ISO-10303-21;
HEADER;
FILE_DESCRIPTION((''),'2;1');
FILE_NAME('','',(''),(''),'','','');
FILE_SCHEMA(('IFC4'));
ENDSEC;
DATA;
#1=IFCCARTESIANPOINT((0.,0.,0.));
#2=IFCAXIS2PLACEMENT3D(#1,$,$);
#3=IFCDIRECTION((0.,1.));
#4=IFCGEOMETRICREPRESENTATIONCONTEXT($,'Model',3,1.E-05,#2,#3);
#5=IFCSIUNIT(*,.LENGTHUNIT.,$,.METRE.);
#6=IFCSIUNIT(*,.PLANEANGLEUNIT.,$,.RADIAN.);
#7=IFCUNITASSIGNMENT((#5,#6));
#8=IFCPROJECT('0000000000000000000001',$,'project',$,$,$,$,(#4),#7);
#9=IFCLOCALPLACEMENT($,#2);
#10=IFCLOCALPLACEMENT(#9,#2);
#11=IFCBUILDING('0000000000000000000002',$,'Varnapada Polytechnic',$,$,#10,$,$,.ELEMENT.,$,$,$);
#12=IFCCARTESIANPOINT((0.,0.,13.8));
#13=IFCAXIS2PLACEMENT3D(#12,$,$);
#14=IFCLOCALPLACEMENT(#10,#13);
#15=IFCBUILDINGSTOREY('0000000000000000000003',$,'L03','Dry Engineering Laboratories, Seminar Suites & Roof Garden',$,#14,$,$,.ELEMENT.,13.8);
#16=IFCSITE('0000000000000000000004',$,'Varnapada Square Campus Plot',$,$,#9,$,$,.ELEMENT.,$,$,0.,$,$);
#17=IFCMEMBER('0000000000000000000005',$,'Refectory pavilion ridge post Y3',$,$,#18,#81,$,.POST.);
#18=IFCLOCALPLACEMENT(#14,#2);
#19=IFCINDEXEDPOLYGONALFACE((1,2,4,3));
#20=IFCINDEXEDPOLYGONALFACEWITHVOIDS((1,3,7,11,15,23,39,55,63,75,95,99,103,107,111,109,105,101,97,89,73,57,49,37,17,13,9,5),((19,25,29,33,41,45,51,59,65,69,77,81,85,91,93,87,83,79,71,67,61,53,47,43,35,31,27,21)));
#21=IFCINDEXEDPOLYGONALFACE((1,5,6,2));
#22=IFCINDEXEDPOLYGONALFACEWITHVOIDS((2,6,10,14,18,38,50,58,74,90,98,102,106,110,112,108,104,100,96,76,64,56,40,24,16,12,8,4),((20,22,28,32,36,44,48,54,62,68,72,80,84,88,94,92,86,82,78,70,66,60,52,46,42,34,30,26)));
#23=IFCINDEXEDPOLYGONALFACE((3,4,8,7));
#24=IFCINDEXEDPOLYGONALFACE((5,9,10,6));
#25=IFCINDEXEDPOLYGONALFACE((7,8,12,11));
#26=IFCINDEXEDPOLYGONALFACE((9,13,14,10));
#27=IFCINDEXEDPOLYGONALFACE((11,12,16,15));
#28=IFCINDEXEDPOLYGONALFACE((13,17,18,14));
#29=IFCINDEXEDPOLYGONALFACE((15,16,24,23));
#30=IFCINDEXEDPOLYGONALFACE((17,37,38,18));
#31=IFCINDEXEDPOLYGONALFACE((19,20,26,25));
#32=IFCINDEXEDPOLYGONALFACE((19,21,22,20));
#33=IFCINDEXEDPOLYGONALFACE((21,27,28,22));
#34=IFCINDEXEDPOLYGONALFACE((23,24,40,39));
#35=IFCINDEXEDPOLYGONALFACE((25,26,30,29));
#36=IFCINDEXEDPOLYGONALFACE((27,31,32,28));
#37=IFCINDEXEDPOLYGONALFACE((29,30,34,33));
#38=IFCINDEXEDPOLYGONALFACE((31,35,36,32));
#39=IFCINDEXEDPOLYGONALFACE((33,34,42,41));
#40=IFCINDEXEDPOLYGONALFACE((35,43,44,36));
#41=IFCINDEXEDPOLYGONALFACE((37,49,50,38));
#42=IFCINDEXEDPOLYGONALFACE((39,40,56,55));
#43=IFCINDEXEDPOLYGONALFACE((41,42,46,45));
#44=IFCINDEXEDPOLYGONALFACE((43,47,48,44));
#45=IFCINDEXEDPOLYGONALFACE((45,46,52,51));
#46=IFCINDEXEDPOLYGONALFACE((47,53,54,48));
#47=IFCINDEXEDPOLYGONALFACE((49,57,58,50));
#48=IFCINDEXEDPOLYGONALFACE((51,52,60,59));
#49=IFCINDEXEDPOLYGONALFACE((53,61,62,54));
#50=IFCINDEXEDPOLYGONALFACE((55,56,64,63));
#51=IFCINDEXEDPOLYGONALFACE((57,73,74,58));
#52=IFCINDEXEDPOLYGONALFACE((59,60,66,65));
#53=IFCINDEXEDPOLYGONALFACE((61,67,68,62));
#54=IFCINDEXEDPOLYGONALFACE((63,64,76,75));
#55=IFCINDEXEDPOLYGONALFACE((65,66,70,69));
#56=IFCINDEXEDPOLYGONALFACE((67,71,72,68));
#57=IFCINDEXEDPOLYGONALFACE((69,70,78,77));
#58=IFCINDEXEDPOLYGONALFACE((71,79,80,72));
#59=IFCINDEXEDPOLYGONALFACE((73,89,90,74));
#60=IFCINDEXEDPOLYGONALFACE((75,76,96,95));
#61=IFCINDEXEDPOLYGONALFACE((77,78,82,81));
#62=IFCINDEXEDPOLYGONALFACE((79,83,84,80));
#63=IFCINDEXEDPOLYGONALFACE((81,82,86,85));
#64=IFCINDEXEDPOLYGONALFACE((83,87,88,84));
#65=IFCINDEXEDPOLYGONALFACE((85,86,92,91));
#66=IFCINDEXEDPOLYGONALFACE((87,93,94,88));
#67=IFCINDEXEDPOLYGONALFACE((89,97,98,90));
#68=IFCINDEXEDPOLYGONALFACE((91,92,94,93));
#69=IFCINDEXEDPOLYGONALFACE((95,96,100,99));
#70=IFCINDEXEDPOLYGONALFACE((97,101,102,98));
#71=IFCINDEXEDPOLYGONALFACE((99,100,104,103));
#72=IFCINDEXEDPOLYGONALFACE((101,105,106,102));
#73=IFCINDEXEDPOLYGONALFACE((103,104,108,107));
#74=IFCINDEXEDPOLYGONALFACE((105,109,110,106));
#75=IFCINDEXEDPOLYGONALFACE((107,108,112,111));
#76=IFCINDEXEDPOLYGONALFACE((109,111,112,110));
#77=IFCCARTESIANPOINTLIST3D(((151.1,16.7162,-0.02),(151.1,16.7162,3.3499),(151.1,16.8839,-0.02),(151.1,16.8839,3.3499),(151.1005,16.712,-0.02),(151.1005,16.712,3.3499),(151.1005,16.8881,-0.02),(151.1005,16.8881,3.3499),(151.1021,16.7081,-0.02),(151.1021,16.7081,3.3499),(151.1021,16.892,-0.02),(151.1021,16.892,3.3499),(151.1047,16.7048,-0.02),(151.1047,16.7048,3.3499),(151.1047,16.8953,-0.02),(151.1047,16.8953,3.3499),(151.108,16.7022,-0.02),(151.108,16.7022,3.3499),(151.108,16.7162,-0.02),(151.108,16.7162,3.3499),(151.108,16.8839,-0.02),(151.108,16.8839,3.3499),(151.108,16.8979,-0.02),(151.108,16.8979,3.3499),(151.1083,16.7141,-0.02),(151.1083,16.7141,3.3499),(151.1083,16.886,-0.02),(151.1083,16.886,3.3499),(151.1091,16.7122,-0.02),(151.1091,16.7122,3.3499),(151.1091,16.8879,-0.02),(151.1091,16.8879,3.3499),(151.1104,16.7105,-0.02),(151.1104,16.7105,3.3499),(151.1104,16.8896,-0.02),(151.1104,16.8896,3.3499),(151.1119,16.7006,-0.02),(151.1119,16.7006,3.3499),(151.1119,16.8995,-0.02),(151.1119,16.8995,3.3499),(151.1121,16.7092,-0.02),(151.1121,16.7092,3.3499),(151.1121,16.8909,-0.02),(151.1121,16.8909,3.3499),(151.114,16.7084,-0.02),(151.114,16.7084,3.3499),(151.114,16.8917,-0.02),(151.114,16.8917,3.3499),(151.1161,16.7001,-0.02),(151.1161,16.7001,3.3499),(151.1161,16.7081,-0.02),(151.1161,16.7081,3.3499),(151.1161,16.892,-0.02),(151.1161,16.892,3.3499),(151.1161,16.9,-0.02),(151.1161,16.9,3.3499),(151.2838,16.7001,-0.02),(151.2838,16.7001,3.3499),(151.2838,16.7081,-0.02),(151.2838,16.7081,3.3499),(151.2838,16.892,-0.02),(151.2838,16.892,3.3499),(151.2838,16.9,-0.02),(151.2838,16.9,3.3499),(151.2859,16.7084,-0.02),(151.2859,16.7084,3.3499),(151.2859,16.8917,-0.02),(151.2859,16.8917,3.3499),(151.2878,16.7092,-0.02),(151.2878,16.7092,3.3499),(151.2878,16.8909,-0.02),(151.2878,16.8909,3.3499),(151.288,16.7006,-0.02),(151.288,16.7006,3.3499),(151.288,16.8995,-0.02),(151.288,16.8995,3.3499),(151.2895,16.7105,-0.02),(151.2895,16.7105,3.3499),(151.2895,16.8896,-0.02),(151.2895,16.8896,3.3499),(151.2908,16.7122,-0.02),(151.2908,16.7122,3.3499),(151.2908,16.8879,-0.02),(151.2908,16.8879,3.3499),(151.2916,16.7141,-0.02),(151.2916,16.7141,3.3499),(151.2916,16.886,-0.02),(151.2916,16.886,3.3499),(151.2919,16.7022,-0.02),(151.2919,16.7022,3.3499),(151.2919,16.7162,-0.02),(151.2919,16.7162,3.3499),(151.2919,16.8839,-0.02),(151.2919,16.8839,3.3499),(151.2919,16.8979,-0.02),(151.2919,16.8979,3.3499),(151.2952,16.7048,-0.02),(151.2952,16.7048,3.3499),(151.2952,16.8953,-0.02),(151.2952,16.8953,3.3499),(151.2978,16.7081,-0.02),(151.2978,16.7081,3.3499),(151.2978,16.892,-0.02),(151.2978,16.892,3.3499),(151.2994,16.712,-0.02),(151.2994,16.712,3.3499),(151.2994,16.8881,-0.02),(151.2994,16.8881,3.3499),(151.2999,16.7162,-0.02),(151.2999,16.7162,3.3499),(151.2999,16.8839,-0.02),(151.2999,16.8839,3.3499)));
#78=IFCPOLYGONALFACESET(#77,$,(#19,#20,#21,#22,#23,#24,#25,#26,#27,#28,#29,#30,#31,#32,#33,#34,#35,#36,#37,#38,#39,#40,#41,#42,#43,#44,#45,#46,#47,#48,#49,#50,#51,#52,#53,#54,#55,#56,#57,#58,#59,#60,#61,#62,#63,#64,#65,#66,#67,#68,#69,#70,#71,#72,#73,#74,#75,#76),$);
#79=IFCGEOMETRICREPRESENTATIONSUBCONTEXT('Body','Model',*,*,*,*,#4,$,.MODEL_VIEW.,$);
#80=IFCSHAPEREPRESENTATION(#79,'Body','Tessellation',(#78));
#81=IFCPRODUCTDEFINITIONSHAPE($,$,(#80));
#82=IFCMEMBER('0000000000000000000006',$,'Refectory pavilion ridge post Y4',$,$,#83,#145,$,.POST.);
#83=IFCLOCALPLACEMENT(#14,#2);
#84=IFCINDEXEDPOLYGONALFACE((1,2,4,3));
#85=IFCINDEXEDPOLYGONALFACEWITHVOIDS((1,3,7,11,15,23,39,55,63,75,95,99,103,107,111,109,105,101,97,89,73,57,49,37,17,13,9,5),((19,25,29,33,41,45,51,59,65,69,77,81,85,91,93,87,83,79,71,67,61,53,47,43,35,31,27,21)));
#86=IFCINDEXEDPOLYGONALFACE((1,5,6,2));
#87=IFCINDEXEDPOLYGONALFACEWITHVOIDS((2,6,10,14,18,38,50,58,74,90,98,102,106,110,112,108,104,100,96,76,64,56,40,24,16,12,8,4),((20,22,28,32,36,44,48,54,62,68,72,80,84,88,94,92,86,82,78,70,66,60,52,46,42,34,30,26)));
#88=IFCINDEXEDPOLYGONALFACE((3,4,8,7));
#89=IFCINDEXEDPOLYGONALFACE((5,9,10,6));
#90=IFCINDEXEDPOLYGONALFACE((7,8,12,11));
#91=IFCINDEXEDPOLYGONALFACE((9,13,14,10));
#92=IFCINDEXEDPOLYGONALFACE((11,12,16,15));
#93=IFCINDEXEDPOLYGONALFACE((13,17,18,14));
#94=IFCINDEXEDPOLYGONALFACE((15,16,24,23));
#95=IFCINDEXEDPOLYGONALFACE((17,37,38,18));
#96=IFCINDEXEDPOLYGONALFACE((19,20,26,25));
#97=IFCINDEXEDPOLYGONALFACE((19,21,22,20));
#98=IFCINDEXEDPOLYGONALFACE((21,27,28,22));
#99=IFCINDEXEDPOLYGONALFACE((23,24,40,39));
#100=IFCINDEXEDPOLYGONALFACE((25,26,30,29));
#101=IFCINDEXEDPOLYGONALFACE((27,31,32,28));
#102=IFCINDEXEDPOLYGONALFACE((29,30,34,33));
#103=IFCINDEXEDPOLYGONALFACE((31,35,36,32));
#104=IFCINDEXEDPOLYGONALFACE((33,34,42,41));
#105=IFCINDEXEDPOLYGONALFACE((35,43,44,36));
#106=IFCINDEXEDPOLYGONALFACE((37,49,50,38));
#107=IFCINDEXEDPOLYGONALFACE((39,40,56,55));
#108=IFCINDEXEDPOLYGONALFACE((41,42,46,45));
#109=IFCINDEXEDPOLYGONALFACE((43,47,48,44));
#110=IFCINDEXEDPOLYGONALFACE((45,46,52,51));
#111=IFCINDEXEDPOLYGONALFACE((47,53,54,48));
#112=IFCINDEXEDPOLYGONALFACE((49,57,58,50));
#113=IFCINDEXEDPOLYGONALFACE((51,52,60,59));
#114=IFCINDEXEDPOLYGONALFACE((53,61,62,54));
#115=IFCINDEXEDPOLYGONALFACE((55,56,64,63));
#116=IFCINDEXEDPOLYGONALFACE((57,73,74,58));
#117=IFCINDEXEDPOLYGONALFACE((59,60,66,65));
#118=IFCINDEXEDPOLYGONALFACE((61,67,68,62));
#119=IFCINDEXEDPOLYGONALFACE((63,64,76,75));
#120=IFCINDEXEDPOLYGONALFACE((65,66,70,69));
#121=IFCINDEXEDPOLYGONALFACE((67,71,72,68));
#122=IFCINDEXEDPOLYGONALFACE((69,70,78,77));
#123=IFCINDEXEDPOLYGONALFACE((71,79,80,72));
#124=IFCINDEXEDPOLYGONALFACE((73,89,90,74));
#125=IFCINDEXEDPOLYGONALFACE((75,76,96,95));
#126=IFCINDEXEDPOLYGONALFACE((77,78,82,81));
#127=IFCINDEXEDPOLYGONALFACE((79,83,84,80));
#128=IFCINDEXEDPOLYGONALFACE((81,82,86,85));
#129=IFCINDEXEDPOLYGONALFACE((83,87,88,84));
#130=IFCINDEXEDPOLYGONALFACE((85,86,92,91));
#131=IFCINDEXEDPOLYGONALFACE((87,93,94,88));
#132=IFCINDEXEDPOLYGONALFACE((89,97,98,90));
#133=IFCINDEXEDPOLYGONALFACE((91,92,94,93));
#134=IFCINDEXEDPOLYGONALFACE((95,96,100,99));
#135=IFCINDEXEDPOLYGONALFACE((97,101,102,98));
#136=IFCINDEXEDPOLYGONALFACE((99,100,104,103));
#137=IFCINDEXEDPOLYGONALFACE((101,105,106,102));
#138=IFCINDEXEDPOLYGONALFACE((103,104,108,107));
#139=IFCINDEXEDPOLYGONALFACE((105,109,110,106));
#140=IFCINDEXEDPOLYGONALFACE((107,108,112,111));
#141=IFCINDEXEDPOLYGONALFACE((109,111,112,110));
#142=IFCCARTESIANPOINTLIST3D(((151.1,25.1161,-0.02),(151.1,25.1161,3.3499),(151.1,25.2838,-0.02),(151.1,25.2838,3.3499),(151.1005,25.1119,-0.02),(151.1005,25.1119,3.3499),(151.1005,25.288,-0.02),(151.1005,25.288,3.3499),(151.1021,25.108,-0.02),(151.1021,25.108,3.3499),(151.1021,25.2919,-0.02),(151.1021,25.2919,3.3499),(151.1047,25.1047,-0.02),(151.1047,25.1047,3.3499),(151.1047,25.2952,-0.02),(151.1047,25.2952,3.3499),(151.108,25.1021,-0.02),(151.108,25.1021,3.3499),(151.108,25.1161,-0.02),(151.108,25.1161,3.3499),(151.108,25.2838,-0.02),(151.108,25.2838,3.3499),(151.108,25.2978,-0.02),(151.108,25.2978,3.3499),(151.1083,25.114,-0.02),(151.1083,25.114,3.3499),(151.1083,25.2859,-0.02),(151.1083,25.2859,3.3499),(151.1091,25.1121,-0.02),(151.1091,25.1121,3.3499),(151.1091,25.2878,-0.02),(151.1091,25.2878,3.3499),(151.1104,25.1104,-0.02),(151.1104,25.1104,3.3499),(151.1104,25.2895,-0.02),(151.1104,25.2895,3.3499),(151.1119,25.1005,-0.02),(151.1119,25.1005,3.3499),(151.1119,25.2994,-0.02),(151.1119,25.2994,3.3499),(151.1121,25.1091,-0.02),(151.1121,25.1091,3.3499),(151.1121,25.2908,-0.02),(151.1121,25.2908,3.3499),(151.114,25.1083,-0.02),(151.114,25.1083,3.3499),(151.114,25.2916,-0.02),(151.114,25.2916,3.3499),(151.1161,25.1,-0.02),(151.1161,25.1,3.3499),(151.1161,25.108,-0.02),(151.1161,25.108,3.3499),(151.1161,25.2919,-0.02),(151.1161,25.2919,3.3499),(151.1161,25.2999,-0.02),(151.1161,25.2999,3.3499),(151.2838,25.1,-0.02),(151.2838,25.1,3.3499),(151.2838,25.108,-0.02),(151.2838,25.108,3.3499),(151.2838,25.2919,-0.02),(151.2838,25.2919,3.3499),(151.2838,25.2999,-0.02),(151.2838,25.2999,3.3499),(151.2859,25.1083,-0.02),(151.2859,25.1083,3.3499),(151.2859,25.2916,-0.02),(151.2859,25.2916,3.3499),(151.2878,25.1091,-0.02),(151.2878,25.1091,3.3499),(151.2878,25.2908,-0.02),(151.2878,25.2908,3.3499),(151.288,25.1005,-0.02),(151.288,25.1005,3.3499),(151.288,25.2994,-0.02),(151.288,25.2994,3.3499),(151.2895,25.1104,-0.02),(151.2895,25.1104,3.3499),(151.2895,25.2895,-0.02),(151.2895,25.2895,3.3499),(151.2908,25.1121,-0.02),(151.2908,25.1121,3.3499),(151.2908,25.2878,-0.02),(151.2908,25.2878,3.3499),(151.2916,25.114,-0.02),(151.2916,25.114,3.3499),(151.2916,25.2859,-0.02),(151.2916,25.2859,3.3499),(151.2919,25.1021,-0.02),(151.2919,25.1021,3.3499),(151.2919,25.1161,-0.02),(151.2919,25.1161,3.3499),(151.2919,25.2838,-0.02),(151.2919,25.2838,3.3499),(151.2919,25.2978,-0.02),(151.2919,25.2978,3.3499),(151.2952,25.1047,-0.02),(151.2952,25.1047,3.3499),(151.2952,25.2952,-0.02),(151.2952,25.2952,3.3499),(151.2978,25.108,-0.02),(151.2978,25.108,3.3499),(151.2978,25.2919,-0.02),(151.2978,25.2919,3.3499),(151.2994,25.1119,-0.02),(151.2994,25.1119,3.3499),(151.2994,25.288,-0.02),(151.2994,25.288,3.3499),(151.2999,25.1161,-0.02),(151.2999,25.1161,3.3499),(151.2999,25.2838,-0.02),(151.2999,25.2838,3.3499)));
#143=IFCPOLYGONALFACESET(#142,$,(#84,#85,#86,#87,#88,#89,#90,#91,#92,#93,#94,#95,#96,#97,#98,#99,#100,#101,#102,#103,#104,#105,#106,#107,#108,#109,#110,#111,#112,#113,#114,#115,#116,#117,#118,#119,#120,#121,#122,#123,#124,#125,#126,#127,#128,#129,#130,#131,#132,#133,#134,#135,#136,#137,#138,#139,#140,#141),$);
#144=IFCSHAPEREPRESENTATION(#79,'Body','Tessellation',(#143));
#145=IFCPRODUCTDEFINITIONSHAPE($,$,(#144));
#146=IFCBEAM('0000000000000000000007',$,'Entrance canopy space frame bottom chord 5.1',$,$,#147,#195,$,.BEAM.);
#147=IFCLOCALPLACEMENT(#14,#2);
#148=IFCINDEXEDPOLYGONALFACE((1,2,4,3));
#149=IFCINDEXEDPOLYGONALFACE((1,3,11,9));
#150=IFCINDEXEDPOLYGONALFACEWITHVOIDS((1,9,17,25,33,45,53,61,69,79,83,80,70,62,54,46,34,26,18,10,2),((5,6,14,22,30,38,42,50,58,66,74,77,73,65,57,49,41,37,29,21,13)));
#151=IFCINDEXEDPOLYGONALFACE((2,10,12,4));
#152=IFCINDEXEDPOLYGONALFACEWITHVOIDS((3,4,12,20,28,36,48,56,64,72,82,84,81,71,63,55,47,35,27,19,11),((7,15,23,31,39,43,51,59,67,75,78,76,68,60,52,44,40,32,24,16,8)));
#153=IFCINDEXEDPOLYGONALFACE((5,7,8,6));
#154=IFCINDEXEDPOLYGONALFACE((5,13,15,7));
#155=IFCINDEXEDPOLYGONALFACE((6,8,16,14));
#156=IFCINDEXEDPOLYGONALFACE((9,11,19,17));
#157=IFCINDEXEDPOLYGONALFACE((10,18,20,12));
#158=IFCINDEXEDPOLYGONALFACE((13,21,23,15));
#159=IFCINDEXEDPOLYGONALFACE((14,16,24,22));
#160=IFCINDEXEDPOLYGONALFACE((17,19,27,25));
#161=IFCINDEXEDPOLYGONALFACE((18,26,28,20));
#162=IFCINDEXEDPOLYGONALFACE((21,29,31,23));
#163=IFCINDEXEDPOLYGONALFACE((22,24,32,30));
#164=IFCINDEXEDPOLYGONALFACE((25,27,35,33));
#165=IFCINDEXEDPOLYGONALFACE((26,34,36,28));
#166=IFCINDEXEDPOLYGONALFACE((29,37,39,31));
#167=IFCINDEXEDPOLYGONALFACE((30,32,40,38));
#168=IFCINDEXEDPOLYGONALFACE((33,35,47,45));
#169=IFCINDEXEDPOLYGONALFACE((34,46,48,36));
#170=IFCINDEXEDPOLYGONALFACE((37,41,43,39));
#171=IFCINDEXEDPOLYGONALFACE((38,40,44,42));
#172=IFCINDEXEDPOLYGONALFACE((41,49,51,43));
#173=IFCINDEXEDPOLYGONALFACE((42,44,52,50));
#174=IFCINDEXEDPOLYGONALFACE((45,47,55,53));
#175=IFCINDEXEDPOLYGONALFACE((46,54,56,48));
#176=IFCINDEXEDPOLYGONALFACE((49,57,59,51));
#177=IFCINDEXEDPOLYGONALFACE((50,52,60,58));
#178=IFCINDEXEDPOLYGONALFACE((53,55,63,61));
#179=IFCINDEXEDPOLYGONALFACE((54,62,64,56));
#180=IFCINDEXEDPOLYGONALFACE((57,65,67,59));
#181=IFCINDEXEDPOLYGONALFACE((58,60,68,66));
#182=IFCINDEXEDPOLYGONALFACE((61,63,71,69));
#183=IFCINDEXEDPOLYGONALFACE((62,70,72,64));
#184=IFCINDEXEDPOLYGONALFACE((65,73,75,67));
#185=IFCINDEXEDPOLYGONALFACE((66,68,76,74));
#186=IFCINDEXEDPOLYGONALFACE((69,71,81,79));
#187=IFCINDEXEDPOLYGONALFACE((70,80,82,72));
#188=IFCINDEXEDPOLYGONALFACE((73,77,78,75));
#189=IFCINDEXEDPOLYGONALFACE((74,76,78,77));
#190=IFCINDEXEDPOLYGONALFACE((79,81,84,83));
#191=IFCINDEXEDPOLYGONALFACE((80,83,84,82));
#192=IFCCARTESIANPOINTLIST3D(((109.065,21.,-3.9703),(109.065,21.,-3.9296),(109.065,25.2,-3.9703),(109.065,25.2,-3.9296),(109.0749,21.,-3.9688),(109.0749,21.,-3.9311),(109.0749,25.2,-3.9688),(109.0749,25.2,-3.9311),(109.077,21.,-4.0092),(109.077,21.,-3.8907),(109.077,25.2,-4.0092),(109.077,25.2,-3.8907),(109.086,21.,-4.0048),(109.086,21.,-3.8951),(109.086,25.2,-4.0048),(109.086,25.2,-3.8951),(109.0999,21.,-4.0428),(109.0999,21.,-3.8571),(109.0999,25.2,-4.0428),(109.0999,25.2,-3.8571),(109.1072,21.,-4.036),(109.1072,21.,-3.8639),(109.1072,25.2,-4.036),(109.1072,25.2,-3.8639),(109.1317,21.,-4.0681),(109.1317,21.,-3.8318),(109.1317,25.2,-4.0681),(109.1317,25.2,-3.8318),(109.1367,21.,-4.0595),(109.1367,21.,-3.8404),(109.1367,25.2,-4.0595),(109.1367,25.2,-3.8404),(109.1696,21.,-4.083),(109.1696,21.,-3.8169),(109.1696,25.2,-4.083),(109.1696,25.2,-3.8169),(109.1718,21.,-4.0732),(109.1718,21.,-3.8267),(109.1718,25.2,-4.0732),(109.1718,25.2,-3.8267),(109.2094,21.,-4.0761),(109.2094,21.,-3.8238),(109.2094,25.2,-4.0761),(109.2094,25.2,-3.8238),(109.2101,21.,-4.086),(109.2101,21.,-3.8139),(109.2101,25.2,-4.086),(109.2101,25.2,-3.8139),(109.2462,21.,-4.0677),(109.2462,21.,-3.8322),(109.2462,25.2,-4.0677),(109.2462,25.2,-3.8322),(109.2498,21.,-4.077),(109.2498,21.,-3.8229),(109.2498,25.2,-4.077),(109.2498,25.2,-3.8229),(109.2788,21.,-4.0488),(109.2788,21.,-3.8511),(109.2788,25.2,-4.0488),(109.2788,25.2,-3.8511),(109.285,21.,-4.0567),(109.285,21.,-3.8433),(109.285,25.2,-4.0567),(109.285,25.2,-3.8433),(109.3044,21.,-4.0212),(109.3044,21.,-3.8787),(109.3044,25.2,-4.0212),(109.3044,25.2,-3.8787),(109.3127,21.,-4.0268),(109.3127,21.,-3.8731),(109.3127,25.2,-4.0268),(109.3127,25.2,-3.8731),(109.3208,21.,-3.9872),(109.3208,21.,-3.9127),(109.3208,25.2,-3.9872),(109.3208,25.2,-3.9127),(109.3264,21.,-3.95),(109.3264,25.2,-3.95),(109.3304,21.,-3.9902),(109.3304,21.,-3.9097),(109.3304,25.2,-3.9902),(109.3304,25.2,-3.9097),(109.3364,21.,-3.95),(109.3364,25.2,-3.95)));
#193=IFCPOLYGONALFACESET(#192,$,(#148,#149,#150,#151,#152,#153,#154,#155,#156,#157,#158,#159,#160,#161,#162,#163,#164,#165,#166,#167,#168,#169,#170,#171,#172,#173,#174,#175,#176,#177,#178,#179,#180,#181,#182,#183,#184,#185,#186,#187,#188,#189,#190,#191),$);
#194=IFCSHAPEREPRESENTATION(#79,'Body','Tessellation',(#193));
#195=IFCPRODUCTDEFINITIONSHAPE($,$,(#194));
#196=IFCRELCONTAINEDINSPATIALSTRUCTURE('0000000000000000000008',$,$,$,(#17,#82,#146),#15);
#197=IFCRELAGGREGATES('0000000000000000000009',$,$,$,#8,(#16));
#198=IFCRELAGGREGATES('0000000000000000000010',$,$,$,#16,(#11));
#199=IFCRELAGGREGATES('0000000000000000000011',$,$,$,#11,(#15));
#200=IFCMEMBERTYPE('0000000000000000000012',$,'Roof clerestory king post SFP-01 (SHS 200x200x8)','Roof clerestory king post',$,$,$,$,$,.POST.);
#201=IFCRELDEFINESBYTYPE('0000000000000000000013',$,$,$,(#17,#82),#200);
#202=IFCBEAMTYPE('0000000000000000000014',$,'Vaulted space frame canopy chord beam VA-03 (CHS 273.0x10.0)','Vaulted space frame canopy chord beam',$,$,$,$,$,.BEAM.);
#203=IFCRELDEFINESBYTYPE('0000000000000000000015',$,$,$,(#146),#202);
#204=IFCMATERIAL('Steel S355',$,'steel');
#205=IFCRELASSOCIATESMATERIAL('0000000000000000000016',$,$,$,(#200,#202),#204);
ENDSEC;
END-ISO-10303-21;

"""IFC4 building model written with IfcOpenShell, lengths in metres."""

from ifc_helpers import new_model, si_unit, direction, frame, origin, origin_2d, place, context, subcontext, project, spatial, hollow_rectangle, hollow_circle, extrude, material, material_profile, profile_set, type_object, element, save


model = new_model("IFC4")

# Units and contexts
model_context = context("Model", 3, precision=1e-05, world=origin(), true_north=direction((0.0, 1.0)))
body_context = subcontext(model_context, "Body", "Model", "MODEL_VIEW")
ifc_project = project(units=[si_unit("LENGTHUNIT", "METRE"), si_unit("PLANEANGLEUNIT", "RADIAN")], contexts=[model_context])

# Site, building, storey
site_placement = place(None, origin())
site = spatial("IfcSite", under=ifc_project, at=site_placement, Name="Varnapada Square Campus Plot", CompositionType="ELEMENT", RefElevation=0.0)
building_placement = place(site_placement, origin())
building = spatial("IfcBuilding", under=site, at=building_placement, Name="Varnapada Polytechnic", CompositionType="ELEMENT")
storey_placement = place(building_placement, frame((0.0, 0.0, 13.8)))
storey = spatial("IfcBuildingStorey", under=building, at=storey_placement, Name="L03", Description="Dry Engineering Laboratories, Seminar Suites & Roof Garden", CompositionType="ELEMENT", Elevation=13.8)

# Shared definitions
ifc_material_1 = material(Name="Steel S355", Category="steel")

# Members
ifc_material_profile_1 = material_profile(ifc_material_1, hollow_rectangle(XDim=0.2, YDim=0.2, WallThickness=0.0081, InnerFilletRadius=0.0081, OuterFilletRadius=0.0161, at=origin_2d()), Name="SHS 200x200x8")
ifc_profile_set_1 = profile_set([ifc_material_profile_1], Name="Steel S355")
member_type_1 = type_object("IfcMemberType", Name="Roof clerestory king post SFP-01 (SHS 200x200x8)", Description="Roof clerestory king post", PredefinedType="POST", material=ifc_profile_set_1)
for number, where, z_axis, x_axis, name in (
    (1, (151.2, 16.8, -0.02), (0.0, 0.0, 1.0), (1.0, 0.0, 0.0), "Refectory pavilion ridge post Y3"),
    (2, (151.2, 25.2, -0.02), (0.0, 0.0, 1.0), (1.0, 0.0, 0.0), "Refectory pavilion ridge post Y4"),
):
    element("IfcMember", number, at=place(storey_placement, frame(where, z_axis=z_axis, x_axis=x_axis)), inside=storey, type_object=member_type_1, Name=name, PredefinedType="POST", context=body_context, shape_type="SweptSolid", body=[
        extrude(hollow_rectangle(XDim=0.2, YDim=0.2, WallThickness=0.0081, InnerFilletRadius=0.0081, OuterFilletRadius=0.0161, at=origin_2d()), origin(), (0.0, 0.0, 1.0), 3.3699),
    ])

# Beam
ifc_material_profile_2 = material_profile(ifc_material_1, hollow_circle(Radius=0.1365, WallThickness=0.01, at=origin_2d()), Name="CHS 273.0x10.0")
ifc_profile_set_2 = profile_set([ifc_material_profile_2], Name="Steel S355")
beam_type_1 = type_object("IfcBeamType", Name="Vaulted space frame canopy chord beam VA-03 (CHS 273.0x10.0)", Description="Vaulted space frame canopy chord beam", PredefinedType="BEAM", material=ifc_profile_set_2)
for number, where, z_axis, x_axis, name in (
    (3, (109.2, 25.2, -3.95), (0.0, -1.0, 0.0), (1.0, 0.0, 0.0), "Entrance canopy space frame bottom chord 5.1"),
):
    element("IfcBeam", number, at=place(storey_placement, frame(where, z_axis=z_axis, x_axis=x_axis)), inside=storey, type_object=beam_type_1, Name=name, PredefinedType="BEAM", context=body_context, shape_type="SweptSolid", body=[
        extrude(hollow_circle(Radius=0.1365, WallThickness=0.01, at=origin_2d()), origin(), (0.0, 0.0, 1.0), 4.2),
    ])

save(model, "model.ifc")
